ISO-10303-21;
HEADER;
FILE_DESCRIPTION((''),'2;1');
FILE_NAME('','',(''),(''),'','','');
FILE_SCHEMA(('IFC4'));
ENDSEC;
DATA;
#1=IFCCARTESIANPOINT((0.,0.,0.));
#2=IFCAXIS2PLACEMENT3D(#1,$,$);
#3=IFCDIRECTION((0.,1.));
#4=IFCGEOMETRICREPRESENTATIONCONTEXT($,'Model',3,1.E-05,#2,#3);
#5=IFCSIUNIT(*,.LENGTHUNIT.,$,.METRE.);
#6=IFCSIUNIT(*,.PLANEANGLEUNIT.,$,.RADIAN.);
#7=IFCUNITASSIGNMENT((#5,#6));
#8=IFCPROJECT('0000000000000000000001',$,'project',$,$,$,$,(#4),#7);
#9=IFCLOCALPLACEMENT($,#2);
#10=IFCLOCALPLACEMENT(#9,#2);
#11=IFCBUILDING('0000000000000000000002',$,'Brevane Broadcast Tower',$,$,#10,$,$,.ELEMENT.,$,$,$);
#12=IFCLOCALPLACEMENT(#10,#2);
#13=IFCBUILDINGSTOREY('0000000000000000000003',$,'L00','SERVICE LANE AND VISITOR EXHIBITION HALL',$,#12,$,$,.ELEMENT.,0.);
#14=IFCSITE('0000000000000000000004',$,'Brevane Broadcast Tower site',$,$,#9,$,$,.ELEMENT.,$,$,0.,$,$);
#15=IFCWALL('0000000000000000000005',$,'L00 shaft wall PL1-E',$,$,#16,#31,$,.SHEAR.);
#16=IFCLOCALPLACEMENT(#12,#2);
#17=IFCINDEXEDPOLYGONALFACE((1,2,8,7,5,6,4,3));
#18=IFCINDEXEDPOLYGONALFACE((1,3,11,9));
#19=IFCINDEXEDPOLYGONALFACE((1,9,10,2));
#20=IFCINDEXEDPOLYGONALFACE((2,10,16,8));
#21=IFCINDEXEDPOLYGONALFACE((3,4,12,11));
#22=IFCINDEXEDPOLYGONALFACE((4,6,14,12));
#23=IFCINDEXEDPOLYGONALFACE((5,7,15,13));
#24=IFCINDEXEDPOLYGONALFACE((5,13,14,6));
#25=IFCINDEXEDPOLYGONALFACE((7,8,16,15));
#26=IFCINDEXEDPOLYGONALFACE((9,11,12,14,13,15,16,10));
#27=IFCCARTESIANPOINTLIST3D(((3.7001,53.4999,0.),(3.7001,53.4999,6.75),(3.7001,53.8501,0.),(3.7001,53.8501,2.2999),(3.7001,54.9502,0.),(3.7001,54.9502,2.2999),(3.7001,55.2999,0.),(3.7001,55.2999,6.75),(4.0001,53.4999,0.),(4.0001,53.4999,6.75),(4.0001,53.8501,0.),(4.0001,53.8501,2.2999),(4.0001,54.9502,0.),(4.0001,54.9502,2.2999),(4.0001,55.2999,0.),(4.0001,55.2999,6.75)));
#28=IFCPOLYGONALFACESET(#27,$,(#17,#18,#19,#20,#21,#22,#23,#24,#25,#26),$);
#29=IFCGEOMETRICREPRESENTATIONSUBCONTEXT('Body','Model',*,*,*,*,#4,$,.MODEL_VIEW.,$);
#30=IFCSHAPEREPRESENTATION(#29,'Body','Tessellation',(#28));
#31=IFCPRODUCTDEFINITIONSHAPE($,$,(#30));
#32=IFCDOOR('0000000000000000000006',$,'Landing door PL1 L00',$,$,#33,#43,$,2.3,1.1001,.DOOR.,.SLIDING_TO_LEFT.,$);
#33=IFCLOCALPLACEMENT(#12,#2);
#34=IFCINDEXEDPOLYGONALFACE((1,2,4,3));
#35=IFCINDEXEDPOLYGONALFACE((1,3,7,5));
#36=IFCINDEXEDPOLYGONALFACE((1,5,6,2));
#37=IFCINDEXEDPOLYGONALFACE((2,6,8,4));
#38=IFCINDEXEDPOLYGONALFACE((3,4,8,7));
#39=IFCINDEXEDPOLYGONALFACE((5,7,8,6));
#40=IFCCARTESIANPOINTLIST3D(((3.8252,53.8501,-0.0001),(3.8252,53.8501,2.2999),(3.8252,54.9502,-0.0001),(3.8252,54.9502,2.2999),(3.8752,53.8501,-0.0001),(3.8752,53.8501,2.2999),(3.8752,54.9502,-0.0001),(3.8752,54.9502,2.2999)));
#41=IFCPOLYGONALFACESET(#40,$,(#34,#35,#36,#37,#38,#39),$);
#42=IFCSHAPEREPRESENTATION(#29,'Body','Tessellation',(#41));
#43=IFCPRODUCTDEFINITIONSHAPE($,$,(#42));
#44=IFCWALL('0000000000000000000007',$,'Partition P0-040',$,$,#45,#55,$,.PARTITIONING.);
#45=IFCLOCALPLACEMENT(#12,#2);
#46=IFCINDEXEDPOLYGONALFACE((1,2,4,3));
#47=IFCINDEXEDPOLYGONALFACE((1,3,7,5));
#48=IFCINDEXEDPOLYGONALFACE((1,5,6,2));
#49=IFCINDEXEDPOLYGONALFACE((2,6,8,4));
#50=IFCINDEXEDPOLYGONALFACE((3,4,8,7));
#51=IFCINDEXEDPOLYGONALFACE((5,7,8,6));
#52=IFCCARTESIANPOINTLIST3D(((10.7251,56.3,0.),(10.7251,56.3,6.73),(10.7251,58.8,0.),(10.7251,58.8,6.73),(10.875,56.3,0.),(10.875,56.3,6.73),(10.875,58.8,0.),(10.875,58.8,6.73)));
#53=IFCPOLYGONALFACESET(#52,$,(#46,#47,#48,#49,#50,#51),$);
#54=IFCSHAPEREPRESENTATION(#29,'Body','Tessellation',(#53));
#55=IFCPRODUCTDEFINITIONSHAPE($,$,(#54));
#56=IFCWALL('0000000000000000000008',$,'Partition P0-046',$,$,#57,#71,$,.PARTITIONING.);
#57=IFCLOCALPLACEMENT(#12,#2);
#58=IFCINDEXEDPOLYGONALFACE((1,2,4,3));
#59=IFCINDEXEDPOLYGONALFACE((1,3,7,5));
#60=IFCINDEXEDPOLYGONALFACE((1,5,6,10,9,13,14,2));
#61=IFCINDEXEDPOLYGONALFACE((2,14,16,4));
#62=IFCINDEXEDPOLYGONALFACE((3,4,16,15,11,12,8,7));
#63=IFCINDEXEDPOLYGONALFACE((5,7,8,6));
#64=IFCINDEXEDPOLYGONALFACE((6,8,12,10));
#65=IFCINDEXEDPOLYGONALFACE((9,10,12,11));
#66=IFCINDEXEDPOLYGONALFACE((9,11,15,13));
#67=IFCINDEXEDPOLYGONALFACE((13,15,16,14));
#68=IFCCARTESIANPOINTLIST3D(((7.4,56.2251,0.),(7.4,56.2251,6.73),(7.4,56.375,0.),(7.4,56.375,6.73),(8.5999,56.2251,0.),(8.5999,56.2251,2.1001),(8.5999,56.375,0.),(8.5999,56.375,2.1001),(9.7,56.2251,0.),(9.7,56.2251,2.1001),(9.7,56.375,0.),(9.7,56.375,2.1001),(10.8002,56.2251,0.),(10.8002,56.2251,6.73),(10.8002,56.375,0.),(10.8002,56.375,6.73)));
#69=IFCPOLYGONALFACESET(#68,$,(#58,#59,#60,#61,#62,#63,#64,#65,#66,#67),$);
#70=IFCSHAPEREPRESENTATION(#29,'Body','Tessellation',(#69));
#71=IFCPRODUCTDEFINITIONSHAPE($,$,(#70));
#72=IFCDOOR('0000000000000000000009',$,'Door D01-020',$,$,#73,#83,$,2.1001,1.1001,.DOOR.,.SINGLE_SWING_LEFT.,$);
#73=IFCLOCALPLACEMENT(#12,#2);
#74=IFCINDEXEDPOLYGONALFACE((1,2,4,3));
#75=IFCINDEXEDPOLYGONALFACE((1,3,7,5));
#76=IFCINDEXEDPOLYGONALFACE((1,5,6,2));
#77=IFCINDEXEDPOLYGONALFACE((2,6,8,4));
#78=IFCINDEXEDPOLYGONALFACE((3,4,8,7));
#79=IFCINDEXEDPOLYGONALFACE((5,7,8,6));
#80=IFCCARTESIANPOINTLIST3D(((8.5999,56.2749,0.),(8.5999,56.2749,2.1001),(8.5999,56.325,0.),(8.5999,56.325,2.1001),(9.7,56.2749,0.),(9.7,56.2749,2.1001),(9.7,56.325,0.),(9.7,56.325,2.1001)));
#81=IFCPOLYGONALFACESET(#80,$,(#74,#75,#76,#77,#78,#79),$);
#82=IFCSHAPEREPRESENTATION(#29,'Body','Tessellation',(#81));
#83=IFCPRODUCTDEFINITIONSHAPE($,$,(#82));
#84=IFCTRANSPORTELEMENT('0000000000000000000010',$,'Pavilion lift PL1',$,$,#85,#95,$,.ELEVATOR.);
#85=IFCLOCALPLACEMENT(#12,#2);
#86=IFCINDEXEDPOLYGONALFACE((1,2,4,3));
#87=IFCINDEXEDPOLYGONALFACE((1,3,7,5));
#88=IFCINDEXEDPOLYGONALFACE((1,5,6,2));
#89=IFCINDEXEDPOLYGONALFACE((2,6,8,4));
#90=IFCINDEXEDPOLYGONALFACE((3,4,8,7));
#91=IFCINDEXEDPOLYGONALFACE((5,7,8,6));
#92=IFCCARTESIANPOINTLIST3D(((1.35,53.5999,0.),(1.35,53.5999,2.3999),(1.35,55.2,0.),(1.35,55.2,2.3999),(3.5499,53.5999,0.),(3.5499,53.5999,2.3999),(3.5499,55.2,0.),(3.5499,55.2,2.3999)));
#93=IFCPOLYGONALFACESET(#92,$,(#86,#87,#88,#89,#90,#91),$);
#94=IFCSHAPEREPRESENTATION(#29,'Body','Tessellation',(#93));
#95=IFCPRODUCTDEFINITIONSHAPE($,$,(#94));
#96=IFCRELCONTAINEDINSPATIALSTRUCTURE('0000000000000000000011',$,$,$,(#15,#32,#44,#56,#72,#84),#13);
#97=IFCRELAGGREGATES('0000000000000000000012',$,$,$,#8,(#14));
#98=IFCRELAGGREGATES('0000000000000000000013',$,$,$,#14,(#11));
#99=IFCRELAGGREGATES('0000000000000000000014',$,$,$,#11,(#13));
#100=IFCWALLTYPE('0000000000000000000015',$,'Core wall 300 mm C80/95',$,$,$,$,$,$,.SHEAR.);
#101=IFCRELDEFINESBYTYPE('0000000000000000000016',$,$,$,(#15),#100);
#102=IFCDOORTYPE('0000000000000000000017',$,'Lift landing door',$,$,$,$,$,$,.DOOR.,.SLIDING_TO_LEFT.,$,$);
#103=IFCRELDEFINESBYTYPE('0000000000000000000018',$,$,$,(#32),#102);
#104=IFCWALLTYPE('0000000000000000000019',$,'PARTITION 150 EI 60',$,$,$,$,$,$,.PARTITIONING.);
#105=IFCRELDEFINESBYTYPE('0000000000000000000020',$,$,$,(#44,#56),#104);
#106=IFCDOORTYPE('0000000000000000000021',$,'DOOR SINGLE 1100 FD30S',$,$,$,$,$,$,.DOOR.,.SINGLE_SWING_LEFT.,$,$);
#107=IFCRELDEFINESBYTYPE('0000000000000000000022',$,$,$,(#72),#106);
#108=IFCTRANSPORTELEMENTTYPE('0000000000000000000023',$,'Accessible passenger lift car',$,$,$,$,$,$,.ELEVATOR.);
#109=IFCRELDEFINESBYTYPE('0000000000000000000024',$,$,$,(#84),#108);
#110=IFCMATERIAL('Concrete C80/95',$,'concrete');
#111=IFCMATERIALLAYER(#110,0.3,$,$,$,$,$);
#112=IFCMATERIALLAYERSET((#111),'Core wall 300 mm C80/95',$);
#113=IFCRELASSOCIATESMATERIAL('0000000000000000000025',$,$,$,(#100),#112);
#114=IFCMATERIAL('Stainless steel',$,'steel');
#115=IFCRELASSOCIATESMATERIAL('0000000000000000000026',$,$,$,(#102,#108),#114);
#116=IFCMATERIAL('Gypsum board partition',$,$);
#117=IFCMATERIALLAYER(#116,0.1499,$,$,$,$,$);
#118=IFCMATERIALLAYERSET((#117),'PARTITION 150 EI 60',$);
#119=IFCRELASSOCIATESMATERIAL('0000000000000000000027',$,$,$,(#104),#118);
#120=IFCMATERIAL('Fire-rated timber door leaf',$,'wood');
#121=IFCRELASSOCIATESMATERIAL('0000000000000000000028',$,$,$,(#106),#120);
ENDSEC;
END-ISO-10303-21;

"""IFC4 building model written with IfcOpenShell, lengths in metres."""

from ifc_helpers import new_model, si_unit, direction, frame, frame_2d, origin, origin_2d, place, context, subcontext, project, spatial, rectangle, extrude, material, layer, layer_set, type_object, element, fill, save


model = new_model("IFC4")

# Units and contexts
model_context = context("Model", 3, precision=1e-05, world=origin(), true_north=direction((0.0, 1.0)))
body_context = subcontext(model_context, "Body", "Model", "MODEL_VIEW")
ifc_project = project(units=[si_unit("LENGTHUNIT", "METRE"), si_unit("PLANEANGLEUNIT", "RADIAN")], contexts=[model_context])

# Site, building, storey
site_placement = place(None, origin())
site = spatial("IfcSite", under=ifc_project, at=site_placement, Name="Brevane Broadcast Tower site", CompositionType="ELEMENT", RefElevation=0.0)
building_placement = place(site_placement, origin())
building = spatial("IfcBuilding", under=site, at=building_placement, Name="Brevane Broadcast Tower", CompositionType="ELEMENT")
storey_placement = place(building_placement, origin())
storey = spatial("IfcBuildingStorey", under=building, at=storey_placement, Name="L00", Description="SERVICE LANE AND VISITOR EXHIBITION HALL", CompositionType="ELEMENT", Elevation=0.0)

# Shared definitions
ifc_material_1 = material(Name="Concrete C80/95", Category="concrete")
ifc_layer_1 = layer(ifc_material_1, 0.3)
ifc_layer_set_1 = layer_set([ifc_layer_1], Name="Core wall 300 mm C80/95")
wall_type_1 = type_object("IfcWallType", Name="Core wall 300 mm C80/95", PredefinedType="SHEAR", material=ifc_layer_set_1)

# Wall, opening, door
wall_1_placement = place(storey_placement, frame((3.8501, 53.5, 0.0), z_axis=(0.0, 0.0, 1.0), x_axis=(0.0, 1.0, 0.0)))
wall_1 = element("IfcWall", 1, at=wall_1_placement, inside=storey, type_object=wall_type_1, Name="L00 shaft wall PL1-E", PredefinedType="SHEAR", context=body_context, shape_type="SweptSolid", body=[
    extrude(rectangle(XDim=1.8, YDim=0.3, at=frame_2d((0.8999, 0.0))), origin(), (0.0, 0.0, 1.0), 6.75),
])
opening_1_placement = place(wall_1_placement, frame((0.3501, 0.0, 0.0)))
opening_1 = element("IfcOpeningElement", 2, at=opening_1_placement, cuts=wall_1, PredefinedType="OPENING", context=body_context, shape_type="SweptSolid", body=[
    extrude(rectangle(XDim=1.1001, YDim=2.3, at=frame_2d((0.55, 1.1499))), frame((0.0, 0.1599, 0.0), z_axis=(0.0, -1.0, 0.0), x_axis=(1.0, 0.0, 0.0)), (0.0, 0.0, 1.0), 0.3201),
])
ifc_material_2 = material(Name="Stainless steel", Category="steel")
door_type_1 = type_object("IfcDoorType", Name="Lift landing door", OperationType="SLIDING_TO_LEFT", PredefinedType="DOOR", material=ifc_material_2)
door_1_placement = place(opening_1_placement, origin())
door_1 = element("IfcDoor", 3, at=door_1_placement, inside=storey, type_object=door_type_1, Name="Landing door PL1 L00", OperationType="SLIDING_TO_LEFT", OverallHeight=2.3, OverallWidth=1.1001, PredefinedType="DOOR", context=body_context, shape_type="SweptSolid", body=[
    extrude(rectangle(XDim=1.1001, YDim=2.3, at=frame_2d((0.55, 1.1499))), frame((0.0, 0.0249, 0.0), z_axis=(0.0, -1.0, 0.0), x_axis=(1.0, 0.0, 0.0)), (0.0, 0.0, 1.0), 0.05),
])
fill(opening_1, door_1)

# Wall
ifc_material_3 = material(Name="Gypsum board partition")
ifc_layer_2 = layer(ifc_material_3, 0.1499)
ifc_layer_set_2 = layer_set([ifc_layer_2], Name="PARTITION 150 EI 60")
wall_type_2 = type_object("IfcWallType", Name="PARTITION 150 EI 60", PredefinedType="PARTITIONING", material=ifc_layer_set_2)
wall_2_placement = place(storey_placement, frame((10.8, 56.3, 0.0), z_axis=(0.0, 0.0, 1.0), x_axis=(0.0, 1.0, 0.0)))
element("IfcWall", 4, at=wall_2_placement, inside=storey, type_object=wall_type_2, Name="Partition P0-040", PredefinedType="PARTITIONING", context=body_context, shape_type="SweptSolid", body=[
    extrude(rectangle(XDim=2.5, YDim=0.1499, at=frame_2d((1.25, 0.0))), origin(), (0.0, 0.0, 1.0), 6.73),
])

# Wall, opening, door
wall_3_placement = place(storey_placement, frame((7.3999, 56.3, 0.0), z_axis=(0.0, 0.0, 1.0), x_axis=(1.0, 0.0, 0.0)))
wall_3 = element("IfcWall", 5, at=wall_3_placement, inside=storey, type_object=wall_type_2, Name="Partition P0-046", PredefinedType="PARTITIONING", context=body_context, shape_type="SweptSolid", body=[
    extrude(rectangle(XDim=3.4001, YDim=0.1499, at=frame_2d((1.7002, 0.0))), origin(), (0.0, 0.0, 1.0), 6.73),
])
opening_2_placement = place(wall_3_placement, frame((1.2, 0.0, 0.0)))
opening_2 = element("IfcOpeningElement", 6, at=opening_2_placement, cuts=wall_3, PredefinedType="OPENING", context=body_context, shape_type="SweptSolid", body=[
    extrude(rectangle(XDim=1.1001, YDim=2.1001, at=frame_2d((0.55, 1.05))), frame((0.0, 0.085, 0.0), z_axis=(0.0, -1.0, 0.0), x_axis=(1.0, 0.0, 0.0)), (0.0, 0.0, 1.0), 0.1699),
])
ifc_material_4 = material(Name="Fire-rated timber door leaf", Category="wood")
door_type_2 = type_object("IfcDoorType", Name="DOOR SINGLE 1100 FD30S", OperationType="SINGLE_SWING_LEFT", PredefinedType="DOOR", material=ifc_material_4)
door_2_placement = place(opening_2_placement, origin())
door_2 = element("IfcDoor", 7, at=door_2_placement, inside=storey, type_object=door_type_2, Name="Door D01-020", OperationType="SINGLE_SWING_LEFT", OverallHeight=2.1001, OverallWidth=1.1001, PredefinedType="DOOR", context=body_context, shape_type="SweptSolid", body=[
    extrude(rectangle(XDim=1.1001, YDim=2.1001, at=frame_2d((0.55, 1.05))), frame((0.0, 0.0249, 0.0), z_axis=(0.0, -1.0, 0.0), x_axis=(1.0, 0.0, 0.0)), (0.0, 0.0, 1.0), 0.05),
])
fill(opening_2, door_2)

# Transport element
transport_element_type = type_object("IfcTransportElementType", Name="Accessible passenger lift car", PredefinedType="ELEVATOR", material=ifc_material_2)
transport_element_placement = place(storey_placement, frame((2.45, 54.3999, 0.0), z_axis=(0.0, 0.0, 1.0), x_axis=(1.0, 0.0, 0.0)))
element("IfcTransportElement", 8, at=transport_element_placement, inside=storey, type_object=transport_element_type, Name="Pavilion lift PL1", PredefinedType="ELEVATOR", context=body_context, shape_type="SweptSolid", body=[
    extrude(rectangle(XDim=2.2, YDim=1.6001, at=origin_2d()), origin(), (0.0, 0.0, 1.0), 2.3999),
])

save(model, "model.ifc")
